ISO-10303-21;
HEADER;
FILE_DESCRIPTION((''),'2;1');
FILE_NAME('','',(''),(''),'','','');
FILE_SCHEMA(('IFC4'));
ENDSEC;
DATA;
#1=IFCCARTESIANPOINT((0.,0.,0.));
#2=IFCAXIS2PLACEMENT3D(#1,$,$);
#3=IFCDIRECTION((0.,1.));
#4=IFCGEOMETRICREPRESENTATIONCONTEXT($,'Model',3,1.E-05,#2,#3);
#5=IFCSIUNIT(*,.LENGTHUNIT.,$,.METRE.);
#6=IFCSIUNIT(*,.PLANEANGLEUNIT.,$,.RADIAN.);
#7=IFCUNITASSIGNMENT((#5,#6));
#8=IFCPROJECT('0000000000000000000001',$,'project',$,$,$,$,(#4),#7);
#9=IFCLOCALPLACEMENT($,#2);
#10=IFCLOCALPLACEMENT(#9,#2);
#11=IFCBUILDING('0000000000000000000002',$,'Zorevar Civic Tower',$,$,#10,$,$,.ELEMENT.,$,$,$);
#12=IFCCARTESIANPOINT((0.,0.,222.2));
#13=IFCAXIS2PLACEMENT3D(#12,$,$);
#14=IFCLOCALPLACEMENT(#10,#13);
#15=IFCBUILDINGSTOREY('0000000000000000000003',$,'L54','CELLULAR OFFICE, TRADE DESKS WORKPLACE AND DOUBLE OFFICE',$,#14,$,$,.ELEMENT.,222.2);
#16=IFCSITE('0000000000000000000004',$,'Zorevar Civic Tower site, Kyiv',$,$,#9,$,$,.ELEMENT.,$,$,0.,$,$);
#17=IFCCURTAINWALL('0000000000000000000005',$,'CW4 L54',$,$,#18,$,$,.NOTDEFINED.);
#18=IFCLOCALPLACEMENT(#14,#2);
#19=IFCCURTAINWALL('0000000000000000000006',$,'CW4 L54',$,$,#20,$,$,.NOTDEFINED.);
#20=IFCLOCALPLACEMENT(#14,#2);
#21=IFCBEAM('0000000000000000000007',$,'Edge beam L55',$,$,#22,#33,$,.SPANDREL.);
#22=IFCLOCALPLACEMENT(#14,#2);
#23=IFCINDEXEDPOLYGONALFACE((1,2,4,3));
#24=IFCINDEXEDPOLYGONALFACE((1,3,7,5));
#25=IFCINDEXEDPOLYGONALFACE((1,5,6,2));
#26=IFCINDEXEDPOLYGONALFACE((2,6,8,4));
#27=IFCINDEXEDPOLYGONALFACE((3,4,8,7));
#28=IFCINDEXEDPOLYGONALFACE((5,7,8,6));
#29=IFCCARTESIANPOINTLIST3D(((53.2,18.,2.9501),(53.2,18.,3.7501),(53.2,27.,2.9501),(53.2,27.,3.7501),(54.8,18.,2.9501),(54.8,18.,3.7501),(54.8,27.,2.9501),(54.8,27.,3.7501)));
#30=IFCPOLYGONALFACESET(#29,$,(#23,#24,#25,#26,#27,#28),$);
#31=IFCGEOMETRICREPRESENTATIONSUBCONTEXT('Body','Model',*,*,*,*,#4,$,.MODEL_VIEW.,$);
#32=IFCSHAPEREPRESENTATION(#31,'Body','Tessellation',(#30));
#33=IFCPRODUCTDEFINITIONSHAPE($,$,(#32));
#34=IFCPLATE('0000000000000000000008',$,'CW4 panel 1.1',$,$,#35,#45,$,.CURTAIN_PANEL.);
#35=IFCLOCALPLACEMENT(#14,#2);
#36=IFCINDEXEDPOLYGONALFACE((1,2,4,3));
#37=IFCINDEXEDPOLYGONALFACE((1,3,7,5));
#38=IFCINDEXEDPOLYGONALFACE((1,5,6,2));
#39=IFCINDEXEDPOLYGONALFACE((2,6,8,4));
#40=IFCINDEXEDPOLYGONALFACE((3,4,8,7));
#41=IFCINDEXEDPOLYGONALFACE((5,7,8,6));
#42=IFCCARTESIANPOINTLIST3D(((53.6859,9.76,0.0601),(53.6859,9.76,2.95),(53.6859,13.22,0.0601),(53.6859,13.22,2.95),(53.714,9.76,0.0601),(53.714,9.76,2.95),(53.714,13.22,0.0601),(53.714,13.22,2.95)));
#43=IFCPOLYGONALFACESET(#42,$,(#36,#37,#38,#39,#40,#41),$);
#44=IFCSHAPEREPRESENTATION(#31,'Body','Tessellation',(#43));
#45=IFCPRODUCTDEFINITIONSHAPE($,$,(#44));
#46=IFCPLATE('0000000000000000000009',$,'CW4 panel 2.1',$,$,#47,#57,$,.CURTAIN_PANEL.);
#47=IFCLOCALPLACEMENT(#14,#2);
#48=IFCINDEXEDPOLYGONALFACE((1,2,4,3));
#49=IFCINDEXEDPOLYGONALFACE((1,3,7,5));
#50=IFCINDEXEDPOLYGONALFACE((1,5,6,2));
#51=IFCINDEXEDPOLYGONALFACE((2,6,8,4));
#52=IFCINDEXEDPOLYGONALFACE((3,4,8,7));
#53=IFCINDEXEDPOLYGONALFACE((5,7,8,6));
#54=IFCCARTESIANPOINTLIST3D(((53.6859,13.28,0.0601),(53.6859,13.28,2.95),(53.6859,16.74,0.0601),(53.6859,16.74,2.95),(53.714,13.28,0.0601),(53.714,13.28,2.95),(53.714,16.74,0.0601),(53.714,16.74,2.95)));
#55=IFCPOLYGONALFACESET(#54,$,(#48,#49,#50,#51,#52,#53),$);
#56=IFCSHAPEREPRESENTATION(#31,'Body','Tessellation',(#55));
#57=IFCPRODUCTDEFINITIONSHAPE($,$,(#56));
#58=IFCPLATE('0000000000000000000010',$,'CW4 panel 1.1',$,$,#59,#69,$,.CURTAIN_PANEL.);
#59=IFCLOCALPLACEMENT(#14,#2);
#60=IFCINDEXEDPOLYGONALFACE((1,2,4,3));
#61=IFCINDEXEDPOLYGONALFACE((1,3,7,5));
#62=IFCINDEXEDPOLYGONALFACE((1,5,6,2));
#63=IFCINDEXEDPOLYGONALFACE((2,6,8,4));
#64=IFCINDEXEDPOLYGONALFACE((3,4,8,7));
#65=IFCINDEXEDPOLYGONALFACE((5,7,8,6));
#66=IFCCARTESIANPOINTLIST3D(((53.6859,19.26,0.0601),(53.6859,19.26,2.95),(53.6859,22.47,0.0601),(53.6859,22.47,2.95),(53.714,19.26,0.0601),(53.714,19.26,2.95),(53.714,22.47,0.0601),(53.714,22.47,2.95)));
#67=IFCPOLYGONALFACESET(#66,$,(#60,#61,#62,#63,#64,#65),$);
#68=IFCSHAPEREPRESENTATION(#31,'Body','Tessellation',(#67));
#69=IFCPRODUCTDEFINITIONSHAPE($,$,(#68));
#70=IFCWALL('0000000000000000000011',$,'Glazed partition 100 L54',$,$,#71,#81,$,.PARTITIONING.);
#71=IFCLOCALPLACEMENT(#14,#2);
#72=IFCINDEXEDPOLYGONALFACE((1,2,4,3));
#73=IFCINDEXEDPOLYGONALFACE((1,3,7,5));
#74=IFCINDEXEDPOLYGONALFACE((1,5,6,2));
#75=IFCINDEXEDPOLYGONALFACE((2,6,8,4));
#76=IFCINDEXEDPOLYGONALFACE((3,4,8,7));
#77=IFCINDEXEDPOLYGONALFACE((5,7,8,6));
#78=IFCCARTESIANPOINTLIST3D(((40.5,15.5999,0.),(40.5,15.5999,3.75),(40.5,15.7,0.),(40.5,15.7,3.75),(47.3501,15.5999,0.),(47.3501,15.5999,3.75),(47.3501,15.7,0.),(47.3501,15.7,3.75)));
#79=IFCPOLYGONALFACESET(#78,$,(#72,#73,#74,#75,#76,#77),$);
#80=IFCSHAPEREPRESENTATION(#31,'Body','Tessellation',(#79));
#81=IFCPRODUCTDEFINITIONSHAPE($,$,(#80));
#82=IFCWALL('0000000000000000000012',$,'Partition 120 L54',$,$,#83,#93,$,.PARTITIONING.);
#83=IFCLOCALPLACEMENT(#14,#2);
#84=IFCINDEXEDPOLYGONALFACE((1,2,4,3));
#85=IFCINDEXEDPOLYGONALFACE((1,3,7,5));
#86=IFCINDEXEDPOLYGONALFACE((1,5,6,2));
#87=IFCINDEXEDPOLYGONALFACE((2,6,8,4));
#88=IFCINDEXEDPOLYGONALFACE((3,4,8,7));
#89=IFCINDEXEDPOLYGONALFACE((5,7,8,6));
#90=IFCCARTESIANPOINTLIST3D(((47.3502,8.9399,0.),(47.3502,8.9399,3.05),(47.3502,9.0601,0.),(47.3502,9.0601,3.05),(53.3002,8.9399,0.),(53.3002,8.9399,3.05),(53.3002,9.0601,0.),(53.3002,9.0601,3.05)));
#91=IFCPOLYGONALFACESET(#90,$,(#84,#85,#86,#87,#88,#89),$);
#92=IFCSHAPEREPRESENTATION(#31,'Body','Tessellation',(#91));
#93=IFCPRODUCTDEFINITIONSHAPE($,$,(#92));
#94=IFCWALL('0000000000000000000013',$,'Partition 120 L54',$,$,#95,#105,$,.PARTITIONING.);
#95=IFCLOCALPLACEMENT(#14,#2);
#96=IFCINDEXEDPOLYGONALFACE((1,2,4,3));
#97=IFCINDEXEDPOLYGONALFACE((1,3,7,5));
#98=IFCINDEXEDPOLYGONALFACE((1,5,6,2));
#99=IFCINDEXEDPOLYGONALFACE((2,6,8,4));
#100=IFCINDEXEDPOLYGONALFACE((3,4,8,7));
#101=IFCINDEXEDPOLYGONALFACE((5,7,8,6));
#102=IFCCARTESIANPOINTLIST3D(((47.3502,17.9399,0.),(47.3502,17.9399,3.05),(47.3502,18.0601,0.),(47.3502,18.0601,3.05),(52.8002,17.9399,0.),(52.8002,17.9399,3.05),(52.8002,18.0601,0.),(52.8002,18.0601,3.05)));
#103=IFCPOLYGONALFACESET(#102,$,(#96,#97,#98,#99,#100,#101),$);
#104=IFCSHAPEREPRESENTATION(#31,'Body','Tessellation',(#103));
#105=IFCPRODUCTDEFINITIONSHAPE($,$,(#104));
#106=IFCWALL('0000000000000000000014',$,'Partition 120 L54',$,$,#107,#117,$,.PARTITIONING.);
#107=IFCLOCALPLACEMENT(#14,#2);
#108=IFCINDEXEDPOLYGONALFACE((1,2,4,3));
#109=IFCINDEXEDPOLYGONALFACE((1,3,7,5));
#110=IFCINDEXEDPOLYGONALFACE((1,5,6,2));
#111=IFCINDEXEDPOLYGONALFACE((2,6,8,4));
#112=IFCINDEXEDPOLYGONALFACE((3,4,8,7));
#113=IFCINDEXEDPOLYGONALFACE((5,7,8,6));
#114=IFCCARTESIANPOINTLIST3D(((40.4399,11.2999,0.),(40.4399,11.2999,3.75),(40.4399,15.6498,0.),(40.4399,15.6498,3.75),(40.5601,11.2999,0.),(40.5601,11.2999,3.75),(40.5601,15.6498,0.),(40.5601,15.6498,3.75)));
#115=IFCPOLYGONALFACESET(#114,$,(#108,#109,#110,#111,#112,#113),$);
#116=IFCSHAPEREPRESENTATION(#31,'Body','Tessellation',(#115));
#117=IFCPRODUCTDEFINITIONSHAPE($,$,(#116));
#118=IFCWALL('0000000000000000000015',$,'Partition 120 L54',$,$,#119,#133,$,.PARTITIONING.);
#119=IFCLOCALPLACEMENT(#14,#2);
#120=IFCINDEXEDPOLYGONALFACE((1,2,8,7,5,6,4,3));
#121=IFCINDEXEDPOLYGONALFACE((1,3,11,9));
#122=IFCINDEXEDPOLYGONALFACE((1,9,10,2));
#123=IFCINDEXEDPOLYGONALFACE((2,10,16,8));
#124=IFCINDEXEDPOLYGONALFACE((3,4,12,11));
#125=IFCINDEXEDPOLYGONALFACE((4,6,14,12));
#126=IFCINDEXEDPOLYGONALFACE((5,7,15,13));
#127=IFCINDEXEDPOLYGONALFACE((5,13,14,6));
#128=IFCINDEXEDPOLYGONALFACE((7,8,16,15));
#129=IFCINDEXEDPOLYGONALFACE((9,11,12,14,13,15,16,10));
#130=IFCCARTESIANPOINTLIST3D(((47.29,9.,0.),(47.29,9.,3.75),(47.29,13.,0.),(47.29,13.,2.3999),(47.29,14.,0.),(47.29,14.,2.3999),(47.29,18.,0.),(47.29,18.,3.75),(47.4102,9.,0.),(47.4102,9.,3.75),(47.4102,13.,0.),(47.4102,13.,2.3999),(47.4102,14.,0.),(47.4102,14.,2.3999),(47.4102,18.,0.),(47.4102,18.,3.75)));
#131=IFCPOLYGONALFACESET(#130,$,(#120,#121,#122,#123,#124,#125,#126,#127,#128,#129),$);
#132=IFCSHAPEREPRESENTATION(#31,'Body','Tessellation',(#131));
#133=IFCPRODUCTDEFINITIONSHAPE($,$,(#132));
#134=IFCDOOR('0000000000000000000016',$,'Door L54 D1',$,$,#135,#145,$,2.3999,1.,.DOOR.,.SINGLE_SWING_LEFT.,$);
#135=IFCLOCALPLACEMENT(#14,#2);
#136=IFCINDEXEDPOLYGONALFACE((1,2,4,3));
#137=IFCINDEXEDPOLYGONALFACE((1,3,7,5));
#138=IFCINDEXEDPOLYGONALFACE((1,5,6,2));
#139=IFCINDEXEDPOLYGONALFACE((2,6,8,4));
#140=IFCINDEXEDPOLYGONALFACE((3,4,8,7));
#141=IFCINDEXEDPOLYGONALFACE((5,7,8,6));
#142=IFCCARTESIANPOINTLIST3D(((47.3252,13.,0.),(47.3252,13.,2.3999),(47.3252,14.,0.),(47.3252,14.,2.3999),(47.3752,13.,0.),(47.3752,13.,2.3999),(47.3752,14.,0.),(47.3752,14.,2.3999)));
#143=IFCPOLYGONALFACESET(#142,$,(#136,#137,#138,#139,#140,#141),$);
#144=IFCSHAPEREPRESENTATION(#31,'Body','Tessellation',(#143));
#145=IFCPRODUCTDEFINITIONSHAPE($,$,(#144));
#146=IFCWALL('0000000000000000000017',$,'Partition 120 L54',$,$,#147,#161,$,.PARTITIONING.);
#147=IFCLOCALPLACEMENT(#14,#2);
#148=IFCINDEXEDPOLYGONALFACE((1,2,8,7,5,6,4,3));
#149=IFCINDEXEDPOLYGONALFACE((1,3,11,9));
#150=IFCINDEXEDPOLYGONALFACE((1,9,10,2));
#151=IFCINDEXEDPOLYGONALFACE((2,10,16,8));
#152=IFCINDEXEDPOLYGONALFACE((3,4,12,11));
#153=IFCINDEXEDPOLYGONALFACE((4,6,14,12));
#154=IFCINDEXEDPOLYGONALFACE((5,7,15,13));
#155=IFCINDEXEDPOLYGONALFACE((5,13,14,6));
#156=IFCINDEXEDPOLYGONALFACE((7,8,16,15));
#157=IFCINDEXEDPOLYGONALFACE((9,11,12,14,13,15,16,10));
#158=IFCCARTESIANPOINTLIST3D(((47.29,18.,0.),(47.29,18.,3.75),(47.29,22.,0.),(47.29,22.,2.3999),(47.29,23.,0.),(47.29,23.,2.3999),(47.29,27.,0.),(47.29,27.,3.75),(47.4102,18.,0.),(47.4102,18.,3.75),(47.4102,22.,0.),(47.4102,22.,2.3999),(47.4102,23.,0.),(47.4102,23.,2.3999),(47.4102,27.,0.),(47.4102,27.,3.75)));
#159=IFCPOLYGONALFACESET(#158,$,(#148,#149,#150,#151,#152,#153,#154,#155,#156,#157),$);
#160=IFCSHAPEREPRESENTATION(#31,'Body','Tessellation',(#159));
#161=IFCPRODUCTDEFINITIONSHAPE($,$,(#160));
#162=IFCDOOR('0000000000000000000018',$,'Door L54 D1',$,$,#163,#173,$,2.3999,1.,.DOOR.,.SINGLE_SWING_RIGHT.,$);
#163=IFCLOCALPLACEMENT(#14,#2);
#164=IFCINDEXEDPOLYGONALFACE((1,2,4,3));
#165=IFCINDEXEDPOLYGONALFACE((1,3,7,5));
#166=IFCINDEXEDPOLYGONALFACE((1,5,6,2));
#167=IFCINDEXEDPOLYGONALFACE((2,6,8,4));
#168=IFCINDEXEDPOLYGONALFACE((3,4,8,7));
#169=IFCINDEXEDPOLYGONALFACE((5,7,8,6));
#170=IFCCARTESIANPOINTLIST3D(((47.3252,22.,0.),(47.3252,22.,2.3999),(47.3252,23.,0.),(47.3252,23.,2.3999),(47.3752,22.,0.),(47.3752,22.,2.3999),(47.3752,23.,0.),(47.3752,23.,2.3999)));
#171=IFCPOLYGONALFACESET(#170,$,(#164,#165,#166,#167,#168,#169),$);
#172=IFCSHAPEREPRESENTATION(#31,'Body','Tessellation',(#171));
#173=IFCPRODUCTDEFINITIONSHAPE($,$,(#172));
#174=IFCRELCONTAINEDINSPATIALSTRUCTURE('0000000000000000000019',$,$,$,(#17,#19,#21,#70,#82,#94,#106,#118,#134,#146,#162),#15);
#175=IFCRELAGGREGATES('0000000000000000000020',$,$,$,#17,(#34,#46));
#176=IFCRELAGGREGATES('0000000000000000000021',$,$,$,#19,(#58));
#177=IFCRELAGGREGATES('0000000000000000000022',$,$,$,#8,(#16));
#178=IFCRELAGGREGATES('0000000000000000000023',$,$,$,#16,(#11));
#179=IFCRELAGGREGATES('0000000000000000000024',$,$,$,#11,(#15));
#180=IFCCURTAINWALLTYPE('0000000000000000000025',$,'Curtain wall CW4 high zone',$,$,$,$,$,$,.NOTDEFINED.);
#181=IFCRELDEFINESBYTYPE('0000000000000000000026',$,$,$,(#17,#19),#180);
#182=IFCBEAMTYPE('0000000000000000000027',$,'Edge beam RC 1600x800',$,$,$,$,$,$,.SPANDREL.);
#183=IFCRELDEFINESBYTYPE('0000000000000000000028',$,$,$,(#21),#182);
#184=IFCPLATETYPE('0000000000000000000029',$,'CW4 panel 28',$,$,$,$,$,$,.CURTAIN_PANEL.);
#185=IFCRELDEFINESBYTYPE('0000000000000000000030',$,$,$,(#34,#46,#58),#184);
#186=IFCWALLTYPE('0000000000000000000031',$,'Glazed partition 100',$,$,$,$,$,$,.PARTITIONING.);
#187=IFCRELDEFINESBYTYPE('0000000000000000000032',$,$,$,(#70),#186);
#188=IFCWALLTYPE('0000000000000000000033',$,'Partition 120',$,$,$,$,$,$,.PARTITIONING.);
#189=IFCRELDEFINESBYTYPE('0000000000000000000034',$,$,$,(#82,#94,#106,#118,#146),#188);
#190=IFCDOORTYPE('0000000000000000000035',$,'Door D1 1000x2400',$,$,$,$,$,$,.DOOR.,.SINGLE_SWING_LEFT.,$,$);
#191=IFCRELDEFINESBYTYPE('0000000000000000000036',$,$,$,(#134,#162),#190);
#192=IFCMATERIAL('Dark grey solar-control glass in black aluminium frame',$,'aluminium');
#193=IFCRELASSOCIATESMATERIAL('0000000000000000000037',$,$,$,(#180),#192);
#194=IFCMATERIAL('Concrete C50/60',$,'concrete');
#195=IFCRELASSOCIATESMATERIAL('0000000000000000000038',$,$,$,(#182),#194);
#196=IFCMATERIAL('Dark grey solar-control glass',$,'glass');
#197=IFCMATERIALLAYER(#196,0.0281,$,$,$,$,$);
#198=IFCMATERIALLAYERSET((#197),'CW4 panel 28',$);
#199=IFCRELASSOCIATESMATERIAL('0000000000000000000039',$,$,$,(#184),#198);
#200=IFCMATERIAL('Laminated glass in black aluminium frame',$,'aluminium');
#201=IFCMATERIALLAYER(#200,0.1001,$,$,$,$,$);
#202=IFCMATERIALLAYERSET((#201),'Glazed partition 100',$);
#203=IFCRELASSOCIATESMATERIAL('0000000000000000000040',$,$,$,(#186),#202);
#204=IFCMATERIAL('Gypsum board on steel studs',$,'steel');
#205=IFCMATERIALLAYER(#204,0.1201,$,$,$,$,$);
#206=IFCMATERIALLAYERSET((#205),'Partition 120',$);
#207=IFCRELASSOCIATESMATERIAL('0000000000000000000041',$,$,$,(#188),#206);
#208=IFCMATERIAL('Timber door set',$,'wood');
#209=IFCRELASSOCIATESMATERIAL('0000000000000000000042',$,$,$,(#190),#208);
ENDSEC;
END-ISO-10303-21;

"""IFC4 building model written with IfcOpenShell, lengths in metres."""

from ifc_helpers import new_model, si_unit, direction, frame, frame_2d, origin, origin_2d, place, context, subcontext, project, spatial, rectangle, extrude, material, layer, layer_set, material_profile, profile_set, type_object, element, fill, aggregate, save


model = new_model("IFC4")

# Units and contexts
model_context = context("Model", 3, precision=1e-05, world=origin(), true_north=direction((0.0, 1.0)))
body_context = subcontext(model_context, "Body", "Model", "MODEL_VIEW")
ifc_project = project(units=[si_unit("LENGTHUNIT", "METRE"), si_unit("PLANEANGLEUNIT", "RADIAN")], contexts=[model_context])

# Site, building, storey
site_placement = place(None, origin())
site = spatial("IfcSite", under=ifc_project, at=site_placement, Name="Zorevar Civic Tower site, Kyiv", CompositionType="ELEMENT", RefElevation=0.0)
building_placement = place(site_placement, origin())
building = spatial("IfcBuilding", under=site, at=building_placement, Name="Zorevar Civic Tower", CompositionType="ELEMENT")
storey_placement = place(building_placement, frame((0.0, 0.0, 222.2)))
storey = spatial("IfcBuildingStorey", under=building, at=storey_placement, Name="L54", Description="CELLULAR OFFICE, TRADE DESKS WORKPLACE AND DOUBLE OFFICE", CompositionType="ELEMENT", Elevation=222.2)

# Curtain wall
ifc_material_1 = material(Name="Dark grey solar-control glass in black aluminium frame", Category="aluminium")
curtain_wall_type = type_object("IfcCurtainWallType", Name="Curtain wall CW4 high zone", PredefinedType="NOTDEFINED", material=ifc_material_1)
curtain_wall_1_placement = place(storey_placement, origin())
curtain_wall_1 = element("IfcCurtainWall", 1, at=curtain_wall_1_placement, inside=storey, type_object=curtain_wall_type, Name="CW4 L54", PredefinedType="NOTDEFINED")

# Curtain wall
curtain_wall_2_placement = place(storey_placement, origin())
curtain_wall_2 = element("IfcCurtainWall", 2, at=curtain_wall_2_placement, inside=storey, type_object=curtain_wall_type, Name="CW4 L54", PredefinedType="NOTDEFINED")

# Beam
ifc_material_2 = material(Name="Concrete C50/60", Category="concrete")
ifc_material_profile_1 = material_profile(ifc_material_2, rectangle(XDim=1.6001, YDim=0.8, at=origin_2d()), Name="RC 1600x800")
ifc_profile_set_1 = profile_set([ifc_material_profile_1], Name="Concrete C50/60")
beam_type_1 = type_object("IfcBeamType", Name="Edge beam RC 1600x800", PredefinedType="SPANDREL", material=ifc_profile_set_1)
for number, where, z_axis, x_axis, name in (
    (3, (54.0, 18.0, 3.3501), (0.0, 1.0, 0.0), (-1.0, 0.0, 0.0), "Edge beam L55"),
):
    element("IfcBeam", number, at=place(storey_placement, frame(where, z_axis=z_axis, x_axis=x_axis)), inside=storey, type_object=beam_type_1, Name=name, PredefinedType="SPANDREL", context=body_context, shape_type="SweptSolid", body=[
        extrude(rectangle(XDim=1.6001, YDim=0.8, at=origin_2d()), origin(), (0.0, 0.0, 1.0), 9.0),
    ])

# Plates
ifc_material_3 = material(Name="Dark grey solar-control glass", Category="glass")
ifc_layer_1 = layer(ifc_material_3, 0.0281)
ifc_layer_set_1 = layer_set([ifc_layer_1], Name="CW4 panel 28")
plate_type = type_object("IfcPlateType", Name="CW4 panel 28", PredefinedType="CURTAIN_PANEL", material=ifc_layer_set_1)
plate_1_placement = place(storey_placement, frame((53.7, 11.49, 0.0601), z_axis=(0.0, 0.0, 1.0), x_axis=(0.0, 1.0, 0.0)))
plate_1 = element("IfcPlate", 4, at=plate_1_placement, type_object=plate_type, Name="CW4 panel 1.1", PredefinedType="CURTAIN_PANEL", context=body_context, shape_type="SweptSolid", body=[
    extrude(rectangle(XDim=3.46, YDim=0.0281, at=origin_2d()), origin(), (0.0, 0.0, 1.0), 2.8899),
])
plate_2_placement = place(storey_placement, frame((53.7, 15.01, 0.0601), z_axis=(0.0, 0.0, 1.0), x_axis=(0.0, 1.0, 0.0)))
plate_2 = element("IfcPlate", 5, at=plate_2_placement, type_object=plate_type, Name="CW4 panel 2.1", PredefinedType="CURTAIN_PANEL", context=body_context, shape_type="SweptSolid", body=[
    extrude(rectangle(XDim=3.46, YDim=0.0281, at=origin_2d()), origin(), (0.0, 0.0, 1.0), 2.8899),
])
aggregate(curtain_wall_1, [plate_1, plate_2])
plate_3_placement = place(storey_placement, frame((53.7, 20.865, 0.0601), z_axis=(0.0, 0.0, 1.0), x_axis=(0.0, 1.0, 0.0)))
plate_3 = element("IfcPlate", 6, at=plate_3_placement, type_object=plate_type, Name="CW4 panel 1.1", PredefinedType="CURTAIN_PANEL", context=body_context, shape_type="SweptSolid", body=[
    extrude(rectangle(XDim=3.21, YDim=0.0281, at=origin_2d()), origin(), (0.0, 0.0, 1.0), 2.8899),
])
aggregate(curtain_wall_2, [plate_3])

# Walls
ifc_material_4 = material(Name="Laminated glass in black aluminium frame", Category="aluminium")
ifc_layer_2 = layer(ifc_material_4, 0.1001)
ifc_layer_set_2 = layer_set([ifc_layer_2], Name="Glazed partition 100")
wall_type_1 = type_object("IfcWallType", Name="Glazed partition 100", PredefinedType="PARTITIONING", material=ifc_layer_set_2)
wall_1_placement = place(storey_placement, frame((40.5, 15.6499, 0.0), z_axis=(0.0, 0.0, 1.0), x_axis=(1.0, 0.0, 0.0)))
element("IfcWall", 7, at=wall_1_placement, inside=storey, type_object=wall_type_1, Name="Glazed partition 100 L54", PredefinedType="PARTITIONING", context=body_context, shape_type="SweptSolid", body=[
    extrude(rectangle(XDim=6.8501, YDim=0.1001, at=frame_2d((3.425, 0.0))), origin(), (0.0, 0.0, 1.0), 3.75),
])
ifc_material_5 = material(Name="Gypsum board on steel studs", Category="steel")
ifc_layer_3 = layer(ifc_material_5, 0.1201)
ifc_layer_set_3 = layer_set([ifc_layer_3], Name="Partition 120")
wall_type_2 = type_object("IfcWallType", Name="Partition 120", PredefinedType="PARTITIONING", material=ifc_layer_set_3)
wall_2_placement = place(storey_placement, frame((47.3501, 9.0, 0.0), z_axis=(0.0, 0.0, 1.0), x_axis=(1.0, 0.0, 0.0)))
element("IfcWall", 8, at=wall_2_placement, inside=storey, type_object=wall_type_2, Name="Partition 120 L54", PredefinedType="PARTITIONING", context=body_context, shape_type="SweptSolid", body=[
    extrude(rectangle(XDim=5.95, YDim=0.1201, at=frame_2d((2.9751, 0.0))), origin(), (0.0, 0.0, 1.0), 3.05),
])
wall_3_placement = place(storey_placement, frame((47.3501, 18.0, 0.0), z_axis=(0.0, 0.0, 1.0), x_axis=(1.0, 0.0, 0.0)))
element("IfcWall", 9, at=wall_3_placement, inside=storey, type_object=wall_type_2, Name="Partition 120 L54", PredefinedType="PARTITIONING", context=body_context, shape_type="SweptSolid", body=[
    extrude(rectangle(XDim=5.45, YDim=0.1201, at=frame_2d((2.7251, 0.0))), origin(), (0.0, 0.0, 1.0), 3.05),
])
wall_4_placement = place(storey_placement, frame((40.5, 11.3, 0.0), z_axis=(0.0, 0.0, 1.0), x_axis=(0.0, 1.0, 0.0)))
element("IfcWall", 10, at=wall_4_placement, inside=storey, type_object=wall_type_2, Name="Partition 120 L54", PredefinedType="PARTITIONING", context=body_context, shape_type="SweptSolid", body=[
    extrude(rectangle(XDim=4.3499, YDim=0.1201, at=frame_2d((2.1748, 0.0))), origin(), (0.0, 0.0, 1.0), 3.75),
])

# Walls, openings, doors
wall_5_placement = place(storey_placement, frame((47.3501, 9.0, 0.0), z_axis=(0.0, 0.0, 1.0), x_axis=(0.0, 1.0, 0.0)))
wall_5 = element("IfcWall", 11, at=wall_5_placement, inside=storey, type_object=wall_type_2, Name="Partition 120 L54", PredefinedType="PARTITIONING", context=body_context, shape_type="SweptSolid", body=[
    extrude(rectangle(XDim=9.0, YDim=0.1201, at=frame_2d((4.5, 0.0))), origin(), (0.0, 0.0, 1.0), 3.75),
])
opening_1_placement = place(wall_5_placement, frame((4.0, 0.0, 0.0)))
opening_1 = element("IfcOpeningElement", 12, at=opening_1_placement, cuts=wall_5, PredefinedType="OPENING", context=body_context, shape_type="SweptSolid", body=[
    extrude(rectangle(XDim=1.0, YDim=2.3999, at=frame_2d((0.5, 1.2))), frame((0.0, 0.0701, 0.0), z_axis=(0.0, -1.0, 0.0), x_axis=(1.0, 0.0, 0.0)), (0.0, 0.0, 1.0), 0.1401),
])
ifc_material_6 = material(Name="Timber door set", Category="wood")
door_type_1 = type_object("IfcDoorType", Name="Door D1 1000x2400", OperationType="SINGLE_SWING_LEFT", PredefinedType="DOOR", material=ifc_material_6)
door_1_placement = place(opening_1_placement, origin())
door_1 = element("IfcDoor", 13, at=door_1_placement, inside=storey, type_object=door_type_1, Name="Door L54 D1", OperationType="SINGLE_SWING_LEFT", OverallHeight=2.3999, OverallWidth=1.0, PredefinedType="DOOR", context=body_context, shape_type="SweptSolid", body=[
    extrude(rectangle(XDim=1.0, YDim=2.3999, at=frame_2d((0.5, 1.2))), frame((0.0, 0.0249, 0.0), z_axis=(0.0, -1.0, 0.0), x_axis=(1.0, 0.0, 0.0)), (0.0, 0.0, 1.0), 0.05),
])
fill(opening_1, door_1)
wall_6_placement = place(storey_placement, frame((47.3501, 18.0, 0.0), z_axis=(0.0, 0.0, 1.0), x_axis=(0.0, 1.0, 0.0)))
wall_6 = element("IfcWall", 14, at=wall_6_placement, inside=storey, type_object=wall_type_2, Name="Partition 120 L54", PredefinedType="PARTITIONING", context=body_context, shape_type="SweptSolid", body=[
    extrude(rectangle(XDim=9.0, YDim=0.1201, at=frame_2d((4.5, 0.0))), origin(), (0.0, 0.0, 1.0), 3.75),
])
opening_2_placement = place(wall_6_placement, frame((4.0, 0.0, 0.0)))
opening_2 = element("IfcOpeningElement", 15, at=opening_2_placement, cuts=wall_6, PredefinedType="OPENING", context=body_context, shape_type="SweptSolid", body=[
    extrude(rectangle(XDim=1.0, YDim=2.3999, at=frame_2d((0.5, 1.2))), frame((0.0, 0.0701, 0.0), z_axis=(0.0, -1.0, 0.0), x_axis=(1.0, 0.0, 0.0)), (0.0, 0.0, 1.0), 0.1401),
])
door_2_placement = place(opening_2_placement, origin())
door_2 = element("IfcDoor", 16, at=door_2_placement, inside=storey, type_object=door_type_1, Name="Door L54 D1", OperationType="SINGLE_SWING_RIGHT", OverallHeight=2.3999, OverallWidth=1.0, PredefinedType="DOOR", context=body_context, shape_type="SweptSolid", body=[
    extrude(rectangle(XDim=1.0, YDim=2.3999, at=frame_2d((0.5, 1.2))), frame((0.0, 0.0249, 0.0), z_axis=(0.0, -1.0, 0.0), x_axis=(1.0, 0.0, 0.0)), (0.0, 0.0, 1.0), 0.05),
])
fill(opening_2, door_2)

save(model, "model.ifc")
